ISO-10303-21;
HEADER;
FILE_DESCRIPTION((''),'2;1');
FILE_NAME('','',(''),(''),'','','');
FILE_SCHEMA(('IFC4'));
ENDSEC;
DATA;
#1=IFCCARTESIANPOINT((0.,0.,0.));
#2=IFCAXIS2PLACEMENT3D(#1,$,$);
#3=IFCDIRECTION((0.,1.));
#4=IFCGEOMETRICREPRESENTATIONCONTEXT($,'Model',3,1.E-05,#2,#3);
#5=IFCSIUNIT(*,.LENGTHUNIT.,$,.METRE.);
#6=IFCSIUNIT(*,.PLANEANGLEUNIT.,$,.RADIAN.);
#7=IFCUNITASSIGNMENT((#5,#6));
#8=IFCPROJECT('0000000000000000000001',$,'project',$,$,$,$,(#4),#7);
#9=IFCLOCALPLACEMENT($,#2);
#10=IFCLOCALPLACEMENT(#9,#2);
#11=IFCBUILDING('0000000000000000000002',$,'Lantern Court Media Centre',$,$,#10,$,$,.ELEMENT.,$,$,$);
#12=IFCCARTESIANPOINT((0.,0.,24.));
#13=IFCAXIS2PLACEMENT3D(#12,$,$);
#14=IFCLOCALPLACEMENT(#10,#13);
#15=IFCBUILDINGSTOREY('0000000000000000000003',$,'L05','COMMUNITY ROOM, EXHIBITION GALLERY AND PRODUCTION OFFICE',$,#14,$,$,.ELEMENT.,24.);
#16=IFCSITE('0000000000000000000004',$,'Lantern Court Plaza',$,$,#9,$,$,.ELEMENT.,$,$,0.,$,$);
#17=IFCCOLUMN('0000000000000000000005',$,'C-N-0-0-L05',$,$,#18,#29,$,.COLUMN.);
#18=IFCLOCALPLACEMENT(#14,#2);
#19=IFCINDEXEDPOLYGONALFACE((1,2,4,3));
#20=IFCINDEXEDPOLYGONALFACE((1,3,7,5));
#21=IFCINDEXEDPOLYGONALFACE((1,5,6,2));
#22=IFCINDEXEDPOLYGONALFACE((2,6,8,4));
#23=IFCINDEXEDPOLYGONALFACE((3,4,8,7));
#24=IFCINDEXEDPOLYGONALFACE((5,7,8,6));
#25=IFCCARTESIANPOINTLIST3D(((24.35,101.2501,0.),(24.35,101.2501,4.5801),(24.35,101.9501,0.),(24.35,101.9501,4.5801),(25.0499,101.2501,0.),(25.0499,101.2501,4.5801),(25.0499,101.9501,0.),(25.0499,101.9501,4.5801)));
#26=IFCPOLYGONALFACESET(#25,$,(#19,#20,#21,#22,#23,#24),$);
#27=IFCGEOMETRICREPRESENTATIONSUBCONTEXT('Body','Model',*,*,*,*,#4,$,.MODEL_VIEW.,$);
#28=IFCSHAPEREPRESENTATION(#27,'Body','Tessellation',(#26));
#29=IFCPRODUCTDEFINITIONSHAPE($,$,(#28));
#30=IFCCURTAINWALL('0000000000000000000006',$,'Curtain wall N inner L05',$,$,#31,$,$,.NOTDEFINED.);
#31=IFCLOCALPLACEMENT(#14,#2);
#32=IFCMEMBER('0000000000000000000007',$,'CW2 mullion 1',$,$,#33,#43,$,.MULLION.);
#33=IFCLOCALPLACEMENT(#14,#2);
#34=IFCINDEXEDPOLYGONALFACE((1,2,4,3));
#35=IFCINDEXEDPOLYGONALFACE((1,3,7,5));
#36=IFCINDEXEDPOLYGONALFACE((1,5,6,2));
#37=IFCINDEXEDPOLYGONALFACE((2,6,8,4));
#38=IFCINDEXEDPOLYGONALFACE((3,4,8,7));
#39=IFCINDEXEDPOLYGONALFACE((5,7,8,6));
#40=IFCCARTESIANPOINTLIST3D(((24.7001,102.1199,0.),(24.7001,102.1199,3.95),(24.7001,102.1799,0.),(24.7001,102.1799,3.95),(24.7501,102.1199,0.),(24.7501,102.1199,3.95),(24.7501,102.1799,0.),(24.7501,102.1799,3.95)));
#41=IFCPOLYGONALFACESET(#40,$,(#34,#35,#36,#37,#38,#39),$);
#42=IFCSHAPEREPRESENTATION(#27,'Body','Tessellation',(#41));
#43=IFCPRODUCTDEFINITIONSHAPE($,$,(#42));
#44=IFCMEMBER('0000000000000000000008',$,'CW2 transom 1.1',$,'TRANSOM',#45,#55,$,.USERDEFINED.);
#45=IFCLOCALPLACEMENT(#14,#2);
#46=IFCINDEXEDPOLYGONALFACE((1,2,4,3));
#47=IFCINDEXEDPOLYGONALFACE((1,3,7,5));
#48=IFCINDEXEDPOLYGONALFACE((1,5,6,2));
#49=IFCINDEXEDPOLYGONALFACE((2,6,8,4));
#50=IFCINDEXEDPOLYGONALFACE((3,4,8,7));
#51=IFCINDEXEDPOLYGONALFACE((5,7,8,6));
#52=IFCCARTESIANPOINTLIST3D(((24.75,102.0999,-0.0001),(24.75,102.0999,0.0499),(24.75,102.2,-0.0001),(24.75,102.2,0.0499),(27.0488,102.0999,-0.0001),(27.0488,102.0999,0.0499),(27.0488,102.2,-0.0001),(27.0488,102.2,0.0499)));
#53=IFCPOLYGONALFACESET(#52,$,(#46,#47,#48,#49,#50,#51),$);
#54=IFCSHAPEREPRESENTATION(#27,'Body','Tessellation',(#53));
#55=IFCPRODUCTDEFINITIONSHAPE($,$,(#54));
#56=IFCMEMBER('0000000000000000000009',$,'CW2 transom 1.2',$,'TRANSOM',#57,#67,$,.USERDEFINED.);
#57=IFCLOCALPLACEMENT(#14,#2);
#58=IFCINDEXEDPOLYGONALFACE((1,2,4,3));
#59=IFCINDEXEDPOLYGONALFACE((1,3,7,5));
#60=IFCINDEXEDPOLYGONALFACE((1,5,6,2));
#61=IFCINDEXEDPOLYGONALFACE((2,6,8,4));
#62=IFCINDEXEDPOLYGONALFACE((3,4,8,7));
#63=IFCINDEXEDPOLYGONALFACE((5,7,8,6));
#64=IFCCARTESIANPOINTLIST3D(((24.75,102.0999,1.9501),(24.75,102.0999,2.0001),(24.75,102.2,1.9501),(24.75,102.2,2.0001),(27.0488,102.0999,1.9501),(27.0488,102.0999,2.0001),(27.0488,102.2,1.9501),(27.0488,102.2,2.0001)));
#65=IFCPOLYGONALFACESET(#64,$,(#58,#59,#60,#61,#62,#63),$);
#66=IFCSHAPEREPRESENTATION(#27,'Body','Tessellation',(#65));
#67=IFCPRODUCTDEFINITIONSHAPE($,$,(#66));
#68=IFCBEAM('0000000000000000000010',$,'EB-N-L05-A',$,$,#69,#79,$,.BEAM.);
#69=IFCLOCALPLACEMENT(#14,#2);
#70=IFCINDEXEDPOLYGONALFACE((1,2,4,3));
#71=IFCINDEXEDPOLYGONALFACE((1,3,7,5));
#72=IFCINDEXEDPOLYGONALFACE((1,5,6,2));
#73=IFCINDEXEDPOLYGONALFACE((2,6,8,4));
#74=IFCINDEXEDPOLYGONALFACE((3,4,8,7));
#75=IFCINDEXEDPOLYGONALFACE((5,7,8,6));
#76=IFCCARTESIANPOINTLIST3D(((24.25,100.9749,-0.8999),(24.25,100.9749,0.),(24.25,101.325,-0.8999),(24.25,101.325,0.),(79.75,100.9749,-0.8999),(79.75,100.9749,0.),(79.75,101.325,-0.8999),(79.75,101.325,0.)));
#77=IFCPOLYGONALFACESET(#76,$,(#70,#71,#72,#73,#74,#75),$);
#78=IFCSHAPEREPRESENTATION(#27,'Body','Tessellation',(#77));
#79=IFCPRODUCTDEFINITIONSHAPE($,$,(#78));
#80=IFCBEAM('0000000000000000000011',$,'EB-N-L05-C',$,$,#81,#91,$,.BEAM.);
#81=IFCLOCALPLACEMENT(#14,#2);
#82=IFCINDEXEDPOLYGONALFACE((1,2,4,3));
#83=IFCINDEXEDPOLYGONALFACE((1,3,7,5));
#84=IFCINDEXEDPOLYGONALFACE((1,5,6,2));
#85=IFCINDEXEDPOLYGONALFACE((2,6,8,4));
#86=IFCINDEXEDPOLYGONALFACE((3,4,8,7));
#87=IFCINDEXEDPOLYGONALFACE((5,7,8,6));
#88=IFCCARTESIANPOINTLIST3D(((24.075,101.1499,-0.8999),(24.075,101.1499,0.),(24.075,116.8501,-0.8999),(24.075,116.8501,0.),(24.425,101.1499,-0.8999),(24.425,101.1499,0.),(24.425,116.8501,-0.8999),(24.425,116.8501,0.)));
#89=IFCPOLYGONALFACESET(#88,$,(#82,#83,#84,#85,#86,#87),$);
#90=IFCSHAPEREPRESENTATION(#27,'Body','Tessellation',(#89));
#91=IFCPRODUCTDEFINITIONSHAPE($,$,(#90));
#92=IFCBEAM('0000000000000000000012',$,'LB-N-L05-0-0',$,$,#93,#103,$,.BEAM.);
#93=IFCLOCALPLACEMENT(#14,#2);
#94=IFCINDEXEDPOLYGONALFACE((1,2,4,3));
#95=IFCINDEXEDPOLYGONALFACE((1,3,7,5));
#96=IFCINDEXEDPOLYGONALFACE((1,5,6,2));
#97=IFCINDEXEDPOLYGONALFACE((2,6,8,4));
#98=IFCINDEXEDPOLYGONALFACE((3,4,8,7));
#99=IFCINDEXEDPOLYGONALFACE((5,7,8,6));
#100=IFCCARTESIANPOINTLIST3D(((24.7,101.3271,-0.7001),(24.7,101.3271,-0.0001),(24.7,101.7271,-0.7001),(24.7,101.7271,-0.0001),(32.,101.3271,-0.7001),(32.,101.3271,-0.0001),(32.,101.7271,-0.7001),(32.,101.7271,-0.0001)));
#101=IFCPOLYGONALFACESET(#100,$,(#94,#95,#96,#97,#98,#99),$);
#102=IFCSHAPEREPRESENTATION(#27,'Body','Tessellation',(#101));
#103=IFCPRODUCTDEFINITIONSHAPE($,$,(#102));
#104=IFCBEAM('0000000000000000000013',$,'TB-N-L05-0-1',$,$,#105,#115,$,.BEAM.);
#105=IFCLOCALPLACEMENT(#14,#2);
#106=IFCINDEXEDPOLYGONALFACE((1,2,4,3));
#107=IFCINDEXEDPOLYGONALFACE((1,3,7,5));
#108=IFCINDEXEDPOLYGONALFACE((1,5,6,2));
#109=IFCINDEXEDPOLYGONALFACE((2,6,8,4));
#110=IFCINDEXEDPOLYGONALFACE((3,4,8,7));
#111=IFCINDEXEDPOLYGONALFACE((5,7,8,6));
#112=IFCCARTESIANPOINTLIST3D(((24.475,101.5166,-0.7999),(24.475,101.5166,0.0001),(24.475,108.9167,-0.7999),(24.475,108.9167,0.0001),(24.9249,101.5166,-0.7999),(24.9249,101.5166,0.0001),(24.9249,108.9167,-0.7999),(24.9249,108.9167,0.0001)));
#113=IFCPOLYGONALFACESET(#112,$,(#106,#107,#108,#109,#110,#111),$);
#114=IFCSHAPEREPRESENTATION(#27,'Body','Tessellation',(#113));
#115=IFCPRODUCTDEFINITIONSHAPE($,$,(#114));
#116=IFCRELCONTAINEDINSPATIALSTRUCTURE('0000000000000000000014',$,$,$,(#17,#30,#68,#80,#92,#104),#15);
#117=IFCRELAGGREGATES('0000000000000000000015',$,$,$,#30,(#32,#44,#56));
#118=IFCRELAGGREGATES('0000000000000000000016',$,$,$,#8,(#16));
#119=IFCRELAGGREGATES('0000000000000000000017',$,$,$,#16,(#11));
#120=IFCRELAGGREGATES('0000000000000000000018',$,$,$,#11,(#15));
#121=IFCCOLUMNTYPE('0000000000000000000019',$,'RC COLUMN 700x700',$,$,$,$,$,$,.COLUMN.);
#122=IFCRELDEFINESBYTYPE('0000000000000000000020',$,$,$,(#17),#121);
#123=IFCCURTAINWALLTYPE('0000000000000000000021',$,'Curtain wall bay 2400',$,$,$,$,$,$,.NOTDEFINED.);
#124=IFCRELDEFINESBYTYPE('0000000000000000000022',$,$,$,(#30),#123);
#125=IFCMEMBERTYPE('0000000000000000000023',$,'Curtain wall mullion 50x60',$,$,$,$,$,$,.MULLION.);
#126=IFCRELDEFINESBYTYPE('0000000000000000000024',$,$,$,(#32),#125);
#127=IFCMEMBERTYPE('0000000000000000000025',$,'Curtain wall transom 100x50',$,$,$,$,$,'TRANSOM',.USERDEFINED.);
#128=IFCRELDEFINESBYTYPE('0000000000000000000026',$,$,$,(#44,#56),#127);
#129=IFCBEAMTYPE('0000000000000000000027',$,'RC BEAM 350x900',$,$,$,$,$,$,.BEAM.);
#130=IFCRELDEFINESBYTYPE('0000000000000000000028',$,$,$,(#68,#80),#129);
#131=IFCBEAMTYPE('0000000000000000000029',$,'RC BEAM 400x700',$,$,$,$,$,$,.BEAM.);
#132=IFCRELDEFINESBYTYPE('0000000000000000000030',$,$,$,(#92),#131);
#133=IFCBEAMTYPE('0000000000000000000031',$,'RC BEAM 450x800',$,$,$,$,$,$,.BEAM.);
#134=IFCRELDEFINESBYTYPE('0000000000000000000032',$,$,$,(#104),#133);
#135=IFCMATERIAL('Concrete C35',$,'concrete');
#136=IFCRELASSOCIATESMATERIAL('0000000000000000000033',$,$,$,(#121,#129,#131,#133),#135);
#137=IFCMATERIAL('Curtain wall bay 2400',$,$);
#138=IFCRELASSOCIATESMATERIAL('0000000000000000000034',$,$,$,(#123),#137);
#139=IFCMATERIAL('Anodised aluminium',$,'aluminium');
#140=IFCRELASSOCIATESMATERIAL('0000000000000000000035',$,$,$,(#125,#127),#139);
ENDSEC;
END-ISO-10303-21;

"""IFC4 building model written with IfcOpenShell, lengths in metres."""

from ifc_helpers import new_model, si_unit, direction, frame, origin, origin_2d, place, context, subcontext, project, spatial, rectangle, extrude, material, material_profile, profile_set, type_object, element, aggregate, save


model = new_model("IFC4")

# Units and contexts
model_context = context("Model", 3, precision=1e-05, world=origin(), true_north=direction((0.0, 1.0)))
body_context = subcontext(model_context, "Body", "Model", "MODEL_VIEW")
ifc_project = project(units=[si_unit("LENGTHUNIT", "METRE"), si_unit("PLANEANGLEUNIT", "RADIAN")], contexts=[model_context])

# Site, building, storey
site_placement = place(None, origin())
site = spatial("IfcSite", under=ifc_project, at=site_placement, Name="Lantern Court Plaza", CompositionType="ELEMENT", RefElevation=0.0)
building_placement = place(site_placement, origin())
building = spatial("IfcBuilding", under=site, at=building_placement, Name="Lantern Court Media Centre", CompositionType="ELEMENT")
storey_placement = place(building_placement, frame((0.0, 0.0, 24.0)))
storey = spatial("IfcBuildingStorey", under=building, at=storey_placement, Name="L05", Description="COMMUNITY ROOM, EXHIBITION GALLERY AND PRODUCTION OFFICE", CompositionType="ELEMENT", Elevation=24.0)

# Column
ifc_material_1 = material(Name="Concrete C35", Category="concrete")
ifc_material_profile_1 = material_profile(ifc_material_1, rectangle(XDim=0.7, YDim=0.7, at=origin_2d()), Name="RC 700x700")
ifc_profile_set_1 = profile_set([ifc_material_profile_1], Name="Concrete C35")
column_type = type_object("IfcColumnType", Name="RC COLUMN 700x700", PredefinedType="COLUMN", material=ifc_profile_set_1)
column_placement = place(storey_placement, frame((24.7, 101.6001, 0.0), z_axis=(0.0, 0.0, 1.0), x_axis=(1.0, 0.0, 0.0)))
element("IfcColumn", 1, at=column_placement, inside=storey, type_object=column_type, Name="C-N-0-0-L05", PredefinedType="COLUMN", context=body_context, shape_type="SweptSolid", body=[
    extrude(rectangle(XDim=0.7, YDim=0.7, at=origin_2d()), origin(), (0.0, 0.0, 1.0), 4.5801),
])

# Curtain wall, members
ifc_material_2 = material(Name="Curtain wall bay 2400")
curtain_wall_type = type_object("IfcCurtainWallType", Name="Curtain wall bay 2400", PredefinedType="NOTDEFINED", material=ifc_material_2)
curtain_wall_placement = place(storey_placement, origin())
curtain_wall = element("IfcCurtainWall", 2, at=curtain_wall_placement, inside=storey, type_object=curtain_wall_type, Name="Curtain wall N inner L05", PredefinedType="NOTDEFINED")
ifc_material_3 = material(Name="Anodised aluminium", Category="aluminium")
ifc_material_profile_2 = material_profile(ifc_material_3, rectangle(XDim=0.0601, YDim=0.05, at=origin_2d()), Name="AL 50x60")
ifc_profile_set_2 = profile_set([ifc_material_profile_2], Name="Anodised aluminium")
member_type_1 = type_object("IfcMemberType", Name="Curtain wall mullion 50x60", PredefinedType="MULLION", material=ifc_profile_set_2)
member_1_placement = place(storey_placement, frame((24.7251, 102.1499, 0.0), z_axis=(0.0, 0.0, 1.0), x_axis=(0.0, 1.0, 0.0)))
member_1 = element("IfcMember", 3, at=member_1_placement, type_object=member_type_1, Name="CW2 mullion 1", PredefinedType="MULLION", context=body_context, shape_type="SweptSolid", body=[
    extrude(rectangle(XDim=0.0601, YDim=0.05, at=origin_2d()), origin(), (0.0, 0.0, 1.0), 3.95),
])
ifc_material_profile_3 = material_profile(ifc_material_3, rectangle(XDim=0.1001, YDim=0.05, at=origin_2d()), Name="AL 50x100")
ifc_profile_set_3 = profile_set([ifc_material_profile_3], Name="Anodised aluminium")
member_type_2 = type_object("IfcMemberType", Name="Curtain wall transom 100x50", ElementType="TRANSOM", PredefinedType="USERDEFINED", material=ifc_profile_set_3)
member_2_placement = place(storey_placement, frame((24.75, 102.1499, 0.0249), z_axis=(1.0, 0.0, 0.0), x_axis=(0.0, 1.0, 0.0)))
member_2 = element("IfcMember", 4, at=member_2_placement, type_object=member_type_2, Name="CW2 transom 1.1", ObjectType="TRANSOM", PredefinedType="USERDEFINED", context=body_context, shape_type="SweptSolid", body=[
    extrude(rectangle(XDim=0.1001, YDim=0.05, at=origin_2d()), origin(), (0.0, 0.0, 1.0), 2.2988),
])
member_3_placement = place(storey_placement, frame((24.75, 102.1499, 1.9751), z_axis=(1.0, 0.0, 0.0), x_axis=(0.0, 1.0, 0.0)))
member_3 = element("IfcMember", 5, at=member_3_placement, type_object=member_type_2, Name="CW2 transom 1.2", ObjectType="TRANSOM", PredefinedType="USERDEFINED", context=body_context, shape_type="SweptSolid", body=[
    extrude(rectangle(XDim=0.1001, YDim=0.05, at=origin_2d()), origin(), (0.0, 0.0, 1.0), 2.2988),
])
aggregate(curtain_wall, [member_1, member_2, member_3])

# Beams
ifc_material_profile_4 = material_profile(ifc_material_1, rectangle(XDim=0.3501, YDim=0.8999, at=origin_2d()), Name="RC 350x900")
ifc_profile_set_4 = profile_set([ifc_material_profile_4], Name="Concrete C35")
beam_type_1 = type_object("IfcBeamType", Name="RC BEAM 350x900", PredefinedType="BEAM", material=ifc_profile_set_4)
beam_1_placement = place(storey_placement, frame((24.25, 101.1499, -0.45), z_axis=(1.0, 0.0, 0.0), x_axis=(0.0, 1.0, 0.0)))
element("IfcBeam", 6, at=beam_1_placement, inside=storey, type_object=beam_type_1, Name="EB-N-L05-A", PredefinedType="BEAM", context=body_context, shape_type="SweptSolid", body=[
    extrude(rectangle(XDim=0.3501, YDim=0.8999, at=origin_2d()), origin(), (0.0, 0.0, 1.0), 55.5),
])
beam_2_placement = place(storey_placement, frame((24.25, 101.1499, -0.45), z_axis=(0.0, 1.0, 0.0), x_axis=(-1.0, 0.0, 0.0)))
element("IfcBeam", 7, at=beam_2_placement, inside=storey, type_object=beam_type_1, Name="EB-N-L05-C", PredefinedType="BEAM", context=body_context, shape_type="SweptSolid", body=[
    extrude(rectangle(XDim=0.3501, YDim=0.8999, at=origin_2d()), origin(), (0.0, 0.0, 1.0), 15.7002),
])
ifc_material_profile_5 = material_profile(ifc_material_1, rectangle(XDim=0.3999, YDim=0.7, at=origin_2d()), Name="RC 400x700")
ifc_profile_set_5 = profile_set([ifc_material_profile_5], Name="Concrete C35")
beam_type_2 = type_object("IfcBeamType", Name="RC BEAM 400x700", PredefinedType="BEAM", material=ifc_profile_set_5)
beam_3_placement = place(storey_placement, frame((24.7, 101.5271, -0.3501), z_axis=(1.0, 0.0, 0.0), x_axis=(0.0, 1.0, 0.0)))
element("IfcBeam", 8, at=beam_3_placement, inside=storey, type_object=beam_type_2, Name="LB-N-L05-0-0", PredefinedType="BEAM", context=body_context, shape_type="SweptSolid", body=[
    extrude(rectangle(XDim=0.3999, YDim=0.7, at=origin_2d()), origin(), (0.0, 0.0, 1.0), 7.3),
])
ifc_material_profile_6 = material_profile(ifc_material_1, rectangle(XDim=0.45, YDim=0.8, at=origin_2d()), Name="RC 450x800")
ifc_profile_set_6 = profile_set([ifc_material_profile_6], Name="Concrete C35")
beam_type_3 = type_object("IfcBeamType", Name="RC BEAM 450x800", PredefinedType="BEAM", material=ifc_profile_set_6)
beam_4_placement = place(storey_placement, frame((24.7, 101.5166, -0.3999), z_axis=(0.0, 1.0, 0.0), x_axis=(-1.0, 0.0, 0.0)))
element("IfcBeam", 9, at=beam_4_placement, inside=storey, type_object=beam_type_3, Name="TB-N-L05-0-1", PredefinedType="BEAM", context=body_context, shape_type="SweptSolid", body=[
    extrude(rectangle(XDim=0.45, YDim=0.8, at=origin_2d()), origin(), (0.0, 0.0, 1.0), 7.4001),
])

save(model, "model.ifc")
